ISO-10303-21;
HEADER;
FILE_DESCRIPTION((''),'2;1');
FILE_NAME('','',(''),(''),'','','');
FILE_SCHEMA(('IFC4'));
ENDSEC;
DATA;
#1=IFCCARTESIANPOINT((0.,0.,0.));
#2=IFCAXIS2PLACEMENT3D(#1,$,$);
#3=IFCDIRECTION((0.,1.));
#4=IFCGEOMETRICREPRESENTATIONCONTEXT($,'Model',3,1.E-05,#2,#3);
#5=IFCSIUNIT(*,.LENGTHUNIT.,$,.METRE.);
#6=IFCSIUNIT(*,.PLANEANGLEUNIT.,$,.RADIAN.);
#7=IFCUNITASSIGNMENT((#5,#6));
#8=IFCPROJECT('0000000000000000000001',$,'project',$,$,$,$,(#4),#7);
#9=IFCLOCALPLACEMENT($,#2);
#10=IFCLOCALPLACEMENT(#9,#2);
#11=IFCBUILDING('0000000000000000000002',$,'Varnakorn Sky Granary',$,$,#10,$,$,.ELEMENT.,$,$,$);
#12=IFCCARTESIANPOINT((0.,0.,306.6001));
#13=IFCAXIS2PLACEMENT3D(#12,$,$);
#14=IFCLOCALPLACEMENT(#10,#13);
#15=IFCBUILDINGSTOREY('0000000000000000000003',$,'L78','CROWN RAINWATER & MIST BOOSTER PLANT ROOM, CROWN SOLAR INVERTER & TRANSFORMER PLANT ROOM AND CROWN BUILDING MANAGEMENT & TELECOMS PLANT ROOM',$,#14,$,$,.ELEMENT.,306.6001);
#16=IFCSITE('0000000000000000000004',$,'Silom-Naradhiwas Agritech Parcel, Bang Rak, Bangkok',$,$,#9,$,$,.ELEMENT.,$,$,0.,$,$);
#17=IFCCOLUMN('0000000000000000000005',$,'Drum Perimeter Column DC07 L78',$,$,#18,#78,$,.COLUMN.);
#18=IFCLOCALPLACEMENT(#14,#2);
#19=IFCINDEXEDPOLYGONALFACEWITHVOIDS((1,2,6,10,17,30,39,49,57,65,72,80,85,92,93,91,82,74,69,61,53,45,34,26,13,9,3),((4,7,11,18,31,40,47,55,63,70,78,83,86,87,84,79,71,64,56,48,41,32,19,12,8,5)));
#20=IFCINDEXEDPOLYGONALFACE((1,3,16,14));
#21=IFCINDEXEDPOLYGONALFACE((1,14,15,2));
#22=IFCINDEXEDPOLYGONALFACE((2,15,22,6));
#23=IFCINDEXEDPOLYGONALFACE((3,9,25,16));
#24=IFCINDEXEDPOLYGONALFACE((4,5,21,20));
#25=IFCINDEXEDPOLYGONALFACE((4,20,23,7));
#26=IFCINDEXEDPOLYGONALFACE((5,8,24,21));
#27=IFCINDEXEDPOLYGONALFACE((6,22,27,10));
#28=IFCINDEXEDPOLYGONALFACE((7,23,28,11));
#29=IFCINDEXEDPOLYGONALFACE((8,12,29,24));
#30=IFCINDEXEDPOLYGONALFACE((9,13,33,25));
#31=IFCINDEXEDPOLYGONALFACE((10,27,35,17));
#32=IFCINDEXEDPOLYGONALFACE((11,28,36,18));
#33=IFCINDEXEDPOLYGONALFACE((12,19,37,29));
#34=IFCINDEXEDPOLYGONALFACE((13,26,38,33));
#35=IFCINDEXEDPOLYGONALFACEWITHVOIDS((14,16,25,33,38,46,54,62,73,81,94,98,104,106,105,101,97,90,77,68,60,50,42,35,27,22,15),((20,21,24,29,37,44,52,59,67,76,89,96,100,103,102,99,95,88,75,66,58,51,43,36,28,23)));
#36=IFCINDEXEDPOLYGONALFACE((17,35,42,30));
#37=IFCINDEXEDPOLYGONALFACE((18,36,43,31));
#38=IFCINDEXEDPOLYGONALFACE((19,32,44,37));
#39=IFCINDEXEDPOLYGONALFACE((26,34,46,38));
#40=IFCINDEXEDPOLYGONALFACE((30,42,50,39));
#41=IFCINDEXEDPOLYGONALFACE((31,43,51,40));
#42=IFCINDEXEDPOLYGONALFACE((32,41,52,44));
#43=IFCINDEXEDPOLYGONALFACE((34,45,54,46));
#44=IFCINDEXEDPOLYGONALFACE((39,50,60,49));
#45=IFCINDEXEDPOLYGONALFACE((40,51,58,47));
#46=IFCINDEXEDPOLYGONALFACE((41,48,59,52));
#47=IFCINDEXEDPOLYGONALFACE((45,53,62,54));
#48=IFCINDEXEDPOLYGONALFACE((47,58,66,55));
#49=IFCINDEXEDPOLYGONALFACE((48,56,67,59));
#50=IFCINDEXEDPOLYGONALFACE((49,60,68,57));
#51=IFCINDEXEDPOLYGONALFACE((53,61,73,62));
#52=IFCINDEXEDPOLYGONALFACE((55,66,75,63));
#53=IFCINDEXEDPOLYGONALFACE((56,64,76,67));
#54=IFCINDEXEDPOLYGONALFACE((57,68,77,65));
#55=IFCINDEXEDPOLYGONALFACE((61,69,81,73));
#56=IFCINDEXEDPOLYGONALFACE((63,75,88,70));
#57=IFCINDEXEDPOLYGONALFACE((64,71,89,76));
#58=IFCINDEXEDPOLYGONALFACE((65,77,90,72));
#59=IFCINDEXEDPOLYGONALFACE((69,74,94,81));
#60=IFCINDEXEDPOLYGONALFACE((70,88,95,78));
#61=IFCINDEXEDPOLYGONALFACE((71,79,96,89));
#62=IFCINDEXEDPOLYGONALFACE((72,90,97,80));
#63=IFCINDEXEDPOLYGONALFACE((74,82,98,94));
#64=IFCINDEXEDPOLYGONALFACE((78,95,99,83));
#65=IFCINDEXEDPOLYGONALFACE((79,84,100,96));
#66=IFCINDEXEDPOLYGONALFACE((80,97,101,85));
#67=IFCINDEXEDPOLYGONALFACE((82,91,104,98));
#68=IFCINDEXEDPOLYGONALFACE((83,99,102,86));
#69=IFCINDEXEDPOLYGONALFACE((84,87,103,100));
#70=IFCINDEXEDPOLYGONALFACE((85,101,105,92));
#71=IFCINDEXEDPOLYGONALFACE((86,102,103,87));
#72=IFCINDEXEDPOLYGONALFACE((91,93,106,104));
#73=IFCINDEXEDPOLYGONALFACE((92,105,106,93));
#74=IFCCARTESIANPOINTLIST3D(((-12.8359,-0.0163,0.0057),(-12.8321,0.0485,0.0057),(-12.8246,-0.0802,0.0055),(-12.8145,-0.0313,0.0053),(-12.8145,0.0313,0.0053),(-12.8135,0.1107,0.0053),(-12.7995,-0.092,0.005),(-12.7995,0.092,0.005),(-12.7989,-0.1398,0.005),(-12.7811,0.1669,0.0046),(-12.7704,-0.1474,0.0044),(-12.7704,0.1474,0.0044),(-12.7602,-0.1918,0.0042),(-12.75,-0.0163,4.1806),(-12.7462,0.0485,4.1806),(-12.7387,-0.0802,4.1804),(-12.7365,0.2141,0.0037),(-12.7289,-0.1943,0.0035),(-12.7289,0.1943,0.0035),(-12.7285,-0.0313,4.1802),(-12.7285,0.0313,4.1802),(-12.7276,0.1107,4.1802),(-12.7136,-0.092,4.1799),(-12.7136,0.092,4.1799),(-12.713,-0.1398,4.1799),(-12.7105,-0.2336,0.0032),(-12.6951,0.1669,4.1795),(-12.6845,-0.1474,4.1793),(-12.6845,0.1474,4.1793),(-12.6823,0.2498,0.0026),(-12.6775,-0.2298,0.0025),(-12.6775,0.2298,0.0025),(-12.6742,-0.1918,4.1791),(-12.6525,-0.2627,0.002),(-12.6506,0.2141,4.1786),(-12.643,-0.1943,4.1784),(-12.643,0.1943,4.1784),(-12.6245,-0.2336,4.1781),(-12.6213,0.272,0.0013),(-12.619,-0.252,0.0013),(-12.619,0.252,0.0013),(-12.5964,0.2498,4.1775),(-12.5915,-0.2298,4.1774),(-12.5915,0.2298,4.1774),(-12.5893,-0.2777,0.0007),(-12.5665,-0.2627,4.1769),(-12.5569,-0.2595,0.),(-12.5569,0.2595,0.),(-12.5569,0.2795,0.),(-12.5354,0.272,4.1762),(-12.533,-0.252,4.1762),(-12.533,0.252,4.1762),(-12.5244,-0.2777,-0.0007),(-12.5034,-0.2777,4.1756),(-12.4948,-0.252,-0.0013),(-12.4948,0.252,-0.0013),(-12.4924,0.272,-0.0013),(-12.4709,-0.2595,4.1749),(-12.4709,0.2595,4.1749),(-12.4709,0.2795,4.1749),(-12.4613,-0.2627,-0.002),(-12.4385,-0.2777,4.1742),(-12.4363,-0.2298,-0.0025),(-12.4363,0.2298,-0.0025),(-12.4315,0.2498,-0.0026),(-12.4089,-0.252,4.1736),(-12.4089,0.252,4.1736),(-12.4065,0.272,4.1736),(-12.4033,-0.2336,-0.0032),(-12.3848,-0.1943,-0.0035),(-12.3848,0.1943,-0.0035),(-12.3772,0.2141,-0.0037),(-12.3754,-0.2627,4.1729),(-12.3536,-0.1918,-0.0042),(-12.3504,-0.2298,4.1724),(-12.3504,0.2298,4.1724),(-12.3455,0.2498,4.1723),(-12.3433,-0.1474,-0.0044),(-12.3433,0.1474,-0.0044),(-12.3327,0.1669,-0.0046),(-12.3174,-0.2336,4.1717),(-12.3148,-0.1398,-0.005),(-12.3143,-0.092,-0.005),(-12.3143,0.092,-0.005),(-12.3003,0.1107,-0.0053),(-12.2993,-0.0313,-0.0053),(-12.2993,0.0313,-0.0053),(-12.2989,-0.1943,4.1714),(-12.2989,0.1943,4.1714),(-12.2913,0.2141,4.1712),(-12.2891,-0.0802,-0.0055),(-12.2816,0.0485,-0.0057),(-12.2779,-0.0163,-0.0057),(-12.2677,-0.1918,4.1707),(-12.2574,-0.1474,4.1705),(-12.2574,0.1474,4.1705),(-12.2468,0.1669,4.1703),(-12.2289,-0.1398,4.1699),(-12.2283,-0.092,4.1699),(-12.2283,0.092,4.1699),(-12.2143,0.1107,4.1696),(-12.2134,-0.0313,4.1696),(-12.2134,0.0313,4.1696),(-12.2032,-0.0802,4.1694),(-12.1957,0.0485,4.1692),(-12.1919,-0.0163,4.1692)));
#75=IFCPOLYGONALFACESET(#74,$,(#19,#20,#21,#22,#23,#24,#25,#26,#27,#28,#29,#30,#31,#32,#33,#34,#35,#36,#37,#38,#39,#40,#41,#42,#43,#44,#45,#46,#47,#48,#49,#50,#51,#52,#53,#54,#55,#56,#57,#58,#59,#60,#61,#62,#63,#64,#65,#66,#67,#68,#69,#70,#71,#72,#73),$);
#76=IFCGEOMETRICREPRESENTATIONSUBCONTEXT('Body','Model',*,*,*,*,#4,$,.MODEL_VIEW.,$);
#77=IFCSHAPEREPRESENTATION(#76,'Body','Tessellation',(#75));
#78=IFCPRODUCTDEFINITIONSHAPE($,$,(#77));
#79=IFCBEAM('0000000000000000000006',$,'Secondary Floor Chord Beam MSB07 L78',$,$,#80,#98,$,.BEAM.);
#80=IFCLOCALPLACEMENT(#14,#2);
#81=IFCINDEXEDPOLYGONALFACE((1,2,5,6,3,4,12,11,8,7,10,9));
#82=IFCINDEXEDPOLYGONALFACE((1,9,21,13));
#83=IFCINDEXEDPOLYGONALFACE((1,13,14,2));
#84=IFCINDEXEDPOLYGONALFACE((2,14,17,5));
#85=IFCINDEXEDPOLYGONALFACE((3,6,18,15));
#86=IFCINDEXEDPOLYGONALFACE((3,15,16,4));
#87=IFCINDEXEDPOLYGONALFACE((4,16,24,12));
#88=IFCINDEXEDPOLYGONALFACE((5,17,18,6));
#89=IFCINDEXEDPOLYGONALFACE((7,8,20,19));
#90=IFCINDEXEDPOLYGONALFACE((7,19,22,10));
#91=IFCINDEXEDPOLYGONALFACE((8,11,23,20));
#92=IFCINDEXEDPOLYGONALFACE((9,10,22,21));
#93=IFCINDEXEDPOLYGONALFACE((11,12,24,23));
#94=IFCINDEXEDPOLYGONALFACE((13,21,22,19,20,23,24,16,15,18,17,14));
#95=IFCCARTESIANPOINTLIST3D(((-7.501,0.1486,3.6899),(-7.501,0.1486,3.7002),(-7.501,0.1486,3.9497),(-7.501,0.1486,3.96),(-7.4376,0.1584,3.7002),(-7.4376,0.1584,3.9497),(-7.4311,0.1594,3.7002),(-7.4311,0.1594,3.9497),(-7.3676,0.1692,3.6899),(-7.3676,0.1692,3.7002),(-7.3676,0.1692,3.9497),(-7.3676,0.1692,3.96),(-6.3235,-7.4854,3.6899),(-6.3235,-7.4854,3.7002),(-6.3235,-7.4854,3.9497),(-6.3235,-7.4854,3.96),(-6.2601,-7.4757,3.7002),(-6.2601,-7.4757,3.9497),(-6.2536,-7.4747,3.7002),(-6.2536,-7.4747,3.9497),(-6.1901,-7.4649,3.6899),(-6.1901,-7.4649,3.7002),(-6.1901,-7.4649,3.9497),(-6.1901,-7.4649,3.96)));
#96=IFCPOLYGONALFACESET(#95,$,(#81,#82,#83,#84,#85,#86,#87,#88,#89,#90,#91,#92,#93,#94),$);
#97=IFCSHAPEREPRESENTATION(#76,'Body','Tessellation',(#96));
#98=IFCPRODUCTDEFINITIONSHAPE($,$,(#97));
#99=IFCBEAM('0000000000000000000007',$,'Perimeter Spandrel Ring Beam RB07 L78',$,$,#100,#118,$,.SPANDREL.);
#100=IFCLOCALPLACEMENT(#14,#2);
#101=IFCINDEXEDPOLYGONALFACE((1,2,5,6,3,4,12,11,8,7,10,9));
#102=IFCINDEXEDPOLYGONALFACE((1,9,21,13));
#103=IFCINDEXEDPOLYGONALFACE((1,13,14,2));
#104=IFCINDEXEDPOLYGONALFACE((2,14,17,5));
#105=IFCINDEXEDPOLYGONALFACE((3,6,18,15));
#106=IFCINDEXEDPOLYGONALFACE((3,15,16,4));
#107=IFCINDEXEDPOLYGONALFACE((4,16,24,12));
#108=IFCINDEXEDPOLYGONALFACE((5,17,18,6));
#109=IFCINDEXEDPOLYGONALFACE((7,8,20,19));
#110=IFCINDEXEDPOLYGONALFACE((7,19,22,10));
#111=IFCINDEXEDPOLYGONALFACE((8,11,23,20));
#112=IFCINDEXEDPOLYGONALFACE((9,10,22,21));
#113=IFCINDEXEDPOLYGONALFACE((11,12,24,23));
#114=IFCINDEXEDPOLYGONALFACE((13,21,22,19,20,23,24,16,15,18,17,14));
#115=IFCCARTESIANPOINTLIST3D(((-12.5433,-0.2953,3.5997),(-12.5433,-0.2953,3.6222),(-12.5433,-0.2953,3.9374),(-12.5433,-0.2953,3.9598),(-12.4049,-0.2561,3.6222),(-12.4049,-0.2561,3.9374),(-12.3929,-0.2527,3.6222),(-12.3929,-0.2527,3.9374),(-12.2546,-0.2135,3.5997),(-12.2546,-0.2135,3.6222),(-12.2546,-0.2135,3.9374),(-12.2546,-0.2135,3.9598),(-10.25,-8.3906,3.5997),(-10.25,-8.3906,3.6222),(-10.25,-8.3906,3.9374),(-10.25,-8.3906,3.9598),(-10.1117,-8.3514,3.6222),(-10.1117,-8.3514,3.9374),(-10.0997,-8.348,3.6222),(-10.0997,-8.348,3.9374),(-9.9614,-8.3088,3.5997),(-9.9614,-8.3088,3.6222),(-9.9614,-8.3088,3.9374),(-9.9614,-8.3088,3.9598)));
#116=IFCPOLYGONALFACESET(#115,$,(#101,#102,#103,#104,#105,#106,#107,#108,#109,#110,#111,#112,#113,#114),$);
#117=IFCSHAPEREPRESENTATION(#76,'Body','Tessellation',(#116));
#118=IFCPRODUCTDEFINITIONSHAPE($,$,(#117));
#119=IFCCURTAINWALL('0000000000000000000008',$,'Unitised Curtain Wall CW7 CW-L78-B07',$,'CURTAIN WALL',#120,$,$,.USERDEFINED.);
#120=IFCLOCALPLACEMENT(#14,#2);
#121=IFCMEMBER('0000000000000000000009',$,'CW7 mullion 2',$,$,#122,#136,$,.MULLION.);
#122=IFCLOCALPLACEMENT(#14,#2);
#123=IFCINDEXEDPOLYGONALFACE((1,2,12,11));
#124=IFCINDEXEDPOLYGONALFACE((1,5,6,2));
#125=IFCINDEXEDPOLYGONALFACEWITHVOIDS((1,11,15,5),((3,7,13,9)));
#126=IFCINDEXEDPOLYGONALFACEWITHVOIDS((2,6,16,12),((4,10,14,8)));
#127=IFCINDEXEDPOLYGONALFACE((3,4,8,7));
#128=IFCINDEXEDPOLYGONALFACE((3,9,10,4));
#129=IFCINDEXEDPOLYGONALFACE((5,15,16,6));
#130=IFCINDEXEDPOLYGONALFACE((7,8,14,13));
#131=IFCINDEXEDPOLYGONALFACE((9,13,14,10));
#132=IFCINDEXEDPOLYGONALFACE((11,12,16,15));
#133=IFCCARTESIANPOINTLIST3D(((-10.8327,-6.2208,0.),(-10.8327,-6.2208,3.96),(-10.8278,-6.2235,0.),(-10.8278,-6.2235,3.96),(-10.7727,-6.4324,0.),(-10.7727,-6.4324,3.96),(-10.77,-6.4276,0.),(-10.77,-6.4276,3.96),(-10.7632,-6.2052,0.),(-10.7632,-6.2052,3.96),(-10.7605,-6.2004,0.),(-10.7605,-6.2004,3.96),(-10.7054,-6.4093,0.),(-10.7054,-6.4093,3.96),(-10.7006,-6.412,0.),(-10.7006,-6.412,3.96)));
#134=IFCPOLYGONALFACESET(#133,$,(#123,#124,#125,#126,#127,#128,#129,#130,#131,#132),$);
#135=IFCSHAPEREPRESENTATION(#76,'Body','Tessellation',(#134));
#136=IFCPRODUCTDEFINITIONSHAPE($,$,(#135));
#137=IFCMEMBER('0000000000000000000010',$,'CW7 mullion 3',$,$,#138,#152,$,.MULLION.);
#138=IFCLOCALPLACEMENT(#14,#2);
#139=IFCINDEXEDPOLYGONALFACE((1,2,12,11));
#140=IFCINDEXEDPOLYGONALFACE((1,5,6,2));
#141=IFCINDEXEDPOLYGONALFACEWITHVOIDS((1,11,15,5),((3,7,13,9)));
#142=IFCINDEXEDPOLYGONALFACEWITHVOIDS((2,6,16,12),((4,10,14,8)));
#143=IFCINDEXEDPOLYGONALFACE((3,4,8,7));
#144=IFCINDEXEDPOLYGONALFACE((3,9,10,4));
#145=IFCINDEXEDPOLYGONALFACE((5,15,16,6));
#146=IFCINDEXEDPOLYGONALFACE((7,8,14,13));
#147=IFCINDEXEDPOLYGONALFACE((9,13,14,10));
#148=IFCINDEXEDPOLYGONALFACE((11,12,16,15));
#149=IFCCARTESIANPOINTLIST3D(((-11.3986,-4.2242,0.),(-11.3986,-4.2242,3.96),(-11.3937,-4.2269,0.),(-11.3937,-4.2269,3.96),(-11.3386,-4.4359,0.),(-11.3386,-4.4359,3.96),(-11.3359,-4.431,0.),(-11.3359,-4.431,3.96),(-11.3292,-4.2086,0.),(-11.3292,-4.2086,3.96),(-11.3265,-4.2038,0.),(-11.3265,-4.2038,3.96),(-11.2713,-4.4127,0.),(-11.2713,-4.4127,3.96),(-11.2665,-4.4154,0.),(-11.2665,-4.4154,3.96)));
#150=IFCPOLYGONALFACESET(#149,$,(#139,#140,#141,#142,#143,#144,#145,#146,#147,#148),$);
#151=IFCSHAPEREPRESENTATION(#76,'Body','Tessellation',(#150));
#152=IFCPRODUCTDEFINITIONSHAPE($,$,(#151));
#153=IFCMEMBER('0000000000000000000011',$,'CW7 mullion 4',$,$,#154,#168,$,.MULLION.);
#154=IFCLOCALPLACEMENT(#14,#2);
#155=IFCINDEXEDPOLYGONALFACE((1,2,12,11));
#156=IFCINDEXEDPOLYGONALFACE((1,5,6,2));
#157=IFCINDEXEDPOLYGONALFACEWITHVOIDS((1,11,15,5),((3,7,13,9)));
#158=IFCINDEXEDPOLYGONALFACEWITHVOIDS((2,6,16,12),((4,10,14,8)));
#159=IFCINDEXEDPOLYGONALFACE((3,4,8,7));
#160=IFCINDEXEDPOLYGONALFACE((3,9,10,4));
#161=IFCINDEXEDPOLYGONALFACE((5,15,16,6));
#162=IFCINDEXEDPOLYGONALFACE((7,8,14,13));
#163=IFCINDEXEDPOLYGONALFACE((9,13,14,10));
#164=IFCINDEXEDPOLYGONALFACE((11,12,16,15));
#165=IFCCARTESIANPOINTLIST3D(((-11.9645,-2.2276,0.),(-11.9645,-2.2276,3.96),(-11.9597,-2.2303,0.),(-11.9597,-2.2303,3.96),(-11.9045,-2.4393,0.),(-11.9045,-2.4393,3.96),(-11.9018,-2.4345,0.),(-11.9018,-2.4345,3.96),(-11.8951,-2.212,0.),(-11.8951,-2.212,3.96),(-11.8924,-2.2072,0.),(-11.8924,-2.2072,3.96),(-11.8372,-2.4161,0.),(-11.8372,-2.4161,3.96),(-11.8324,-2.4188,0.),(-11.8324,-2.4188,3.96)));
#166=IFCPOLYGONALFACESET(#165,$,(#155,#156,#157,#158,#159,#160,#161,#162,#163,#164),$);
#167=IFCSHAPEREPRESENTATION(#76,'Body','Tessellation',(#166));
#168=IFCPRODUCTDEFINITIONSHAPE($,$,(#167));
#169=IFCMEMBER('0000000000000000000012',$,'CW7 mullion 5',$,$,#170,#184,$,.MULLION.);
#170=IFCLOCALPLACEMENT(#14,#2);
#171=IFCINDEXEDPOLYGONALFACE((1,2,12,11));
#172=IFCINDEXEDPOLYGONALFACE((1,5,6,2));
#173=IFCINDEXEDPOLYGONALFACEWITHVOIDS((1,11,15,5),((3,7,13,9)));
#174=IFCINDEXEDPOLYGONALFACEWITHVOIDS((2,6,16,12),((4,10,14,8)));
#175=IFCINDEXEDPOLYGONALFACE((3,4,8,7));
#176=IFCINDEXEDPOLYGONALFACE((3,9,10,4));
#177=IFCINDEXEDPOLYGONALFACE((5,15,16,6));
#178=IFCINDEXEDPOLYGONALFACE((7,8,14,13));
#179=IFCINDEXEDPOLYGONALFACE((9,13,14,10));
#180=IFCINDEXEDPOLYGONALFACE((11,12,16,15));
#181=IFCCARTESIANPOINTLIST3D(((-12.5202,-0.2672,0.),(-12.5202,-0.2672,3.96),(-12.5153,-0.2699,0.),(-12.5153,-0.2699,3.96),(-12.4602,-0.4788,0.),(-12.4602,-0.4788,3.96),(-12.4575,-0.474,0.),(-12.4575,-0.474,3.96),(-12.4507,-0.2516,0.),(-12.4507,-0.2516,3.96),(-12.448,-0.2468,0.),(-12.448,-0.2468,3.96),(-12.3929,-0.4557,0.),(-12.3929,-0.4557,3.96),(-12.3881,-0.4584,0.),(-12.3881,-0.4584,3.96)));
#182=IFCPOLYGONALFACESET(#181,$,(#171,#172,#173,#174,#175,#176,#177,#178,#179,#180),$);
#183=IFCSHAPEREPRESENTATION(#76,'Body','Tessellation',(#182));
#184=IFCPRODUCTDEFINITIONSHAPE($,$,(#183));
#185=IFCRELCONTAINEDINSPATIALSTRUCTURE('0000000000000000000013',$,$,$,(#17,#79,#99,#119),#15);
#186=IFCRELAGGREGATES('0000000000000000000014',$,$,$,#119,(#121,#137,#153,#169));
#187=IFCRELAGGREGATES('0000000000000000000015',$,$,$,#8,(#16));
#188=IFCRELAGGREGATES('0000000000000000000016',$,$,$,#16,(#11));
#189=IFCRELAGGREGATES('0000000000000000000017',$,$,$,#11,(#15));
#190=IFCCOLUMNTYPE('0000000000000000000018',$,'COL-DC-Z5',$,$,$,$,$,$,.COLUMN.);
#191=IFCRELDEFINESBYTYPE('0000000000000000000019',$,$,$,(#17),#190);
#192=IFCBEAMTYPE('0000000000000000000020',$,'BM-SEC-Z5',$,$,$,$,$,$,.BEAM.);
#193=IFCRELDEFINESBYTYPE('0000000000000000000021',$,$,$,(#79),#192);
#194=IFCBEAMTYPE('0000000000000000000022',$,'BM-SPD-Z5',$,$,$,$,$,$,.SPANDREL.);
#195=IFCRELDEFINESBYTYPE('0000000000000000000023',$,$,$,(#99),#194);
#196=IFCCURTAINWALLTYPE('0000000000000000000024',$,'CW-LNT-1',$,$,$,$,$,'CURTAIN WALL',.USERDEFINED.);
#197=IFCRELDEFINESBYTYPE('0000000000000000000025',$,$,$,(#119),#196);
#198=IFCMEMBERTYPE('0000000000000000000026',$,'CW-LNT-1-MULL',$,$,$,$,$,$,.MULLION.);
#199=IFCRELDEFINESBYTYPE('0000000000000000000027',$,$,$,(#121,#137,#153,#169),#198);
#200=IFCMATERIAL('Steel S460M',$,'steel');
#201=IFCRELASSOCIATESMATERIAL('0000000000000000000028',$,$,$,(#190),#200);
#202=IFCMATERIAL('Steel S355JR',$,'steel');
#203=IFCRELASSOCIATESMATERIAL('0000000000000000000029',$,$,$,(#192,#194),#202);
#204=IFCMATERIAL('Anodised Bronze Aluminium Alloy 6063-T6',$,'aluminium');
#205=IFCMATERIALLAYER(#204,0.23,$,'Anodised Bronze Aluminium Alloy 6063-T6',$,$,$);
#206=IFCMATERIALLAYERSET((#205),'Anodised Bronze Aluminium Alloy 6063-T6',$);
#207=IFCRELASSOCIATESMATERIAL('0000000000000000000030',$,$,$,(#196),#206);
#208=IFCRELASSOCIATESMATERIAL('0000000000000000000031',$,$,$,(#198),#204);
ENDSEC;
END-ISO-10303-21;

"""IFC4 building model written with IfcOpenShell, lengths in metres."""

from ifc_helpers import new_model, si_unit, direction, frame, origin, origin_2d, place, context, subcontext, project, spatial, hollow_rectangle, hollow_circle, i_section, extrude, material, layer, layer_set, material_profile, profile_set, type_object, element, aggregate, save


model = new_model("IFC4")

# Units and contexts
model_context = context("Model", 3, precision=1e-05, world=origin(), true_north=direction((0.0, 1.0)))
body_context = subcontext(model_context, "Body", "Model", "MODEL_VIEW")
ifc_project = project(units=[si_unit("LENGTHUNIT", "METRE"), si_unit("PLANEANGLEUNIT", "RADIAN")], contexts=[model_context])

# Site, building, storey
site_placement = place(None, origin())
site = spatial("IfcSite", under=ifc_project, at=site_placement, Name="Silom-Naradhiwas Agritech Parcel, Bang Rak, Bangkok", CompositionType="ELEMENT", RefElevation=0.0)
building_placement = place(site_placement, origin())
building = spatial("IfcBuilding", under=site, at=building_placement, Name="Varnakorn Sky Granary", CompositionType="ELEMENT")
storey_placement = place(building_placement, frame((0.0, 0.0, 306.6001)))
storey = spatial("IfcBuildingStorey", under=building, at=storey_placement, Name="L78", Description="CROWN RAINWATER & MIST BOOSTER PLANT ROOM, CROWN SOLAR INVERTER & TRANSFORMER PLANT ROOM AND CROWN BUILDING MANAGEMENT & TELECOMS PLANT ROOM", CompositionType="ELEMENT", Elevation=306.6001)

# Column
ifc_material_1 = material(Name="Steel S460M", Category="steel")
ifc_material_profile_1 = material_profile(ifc_material_1, hollow_circle(Radius=0.2795, WallThickness=0.02, at=origin_2d()), Name="CHS 559x20")
ifc_profile_set_1 = profile_set([ifc_material_profile_1], Name="Steel S460M")
column_type = type_object("IfcColumnType", Name="COL-DC-Z5", PredefinedType="COLUMN", material=ifc_profile_set_1)
column_placement = place(storey_placement, frame((-12.5569, 0.0, 0.0), z_axis=(0.02058, 0.0, 0.999788), x_axis=(0.0, 1.0, 0.0)))
element("IfcColumn", 1, at=column_placement, inside=storey, type_object=column_type, Name="Drum Perimeter Column DC07 L78", PredefinedType="COLUMN", context=body_context, shape_type="SweptSolid", body=[
    extrude(hollow_circle(Radius=0.2795, WallThickness=0.02, at=origin_2d()), origin(), (0.0, 0.0, 1.0), 4.1758),
])

# Beams
ifc_material_2 = material(Name="Steel S355JR", Category="steel")
ifc_material_profile_2 = material_profile(ifc_material_2, i_section(OverallWidth=0.135, OverallDepth=0.27, WebThickness=0.0066, FlangeThickness=0.0103, at=origin_2d()), Name="IPE 270")
ifc_profile_set_2 = profile_set([ifc_material_profile_2], Name="Steel S355JR")
beam_type_1 = type_object("IfcBeamType", Name="BM-SEC-Z5", PredefinedType="BEAM", material=ifc_profile_set_2)
beam_1_placement = place(storey_placement, frame((-7.4343, 0.1589, 3.825), z_axis=(0.15244, -0.988313, 0.0), x_axis=(0.988313, 0.15244, 0.0)))
element("IfcBeam", 2, at=beam_1_placement, inside=storey, type_object=beam_type_1, Name="Secondary Floor Chord Beam MSB07 L78", PredefinedType="BEAM", context=body_context, shape_type="SweptSolid", body=[
    extrude(i_section(OverallWidth=0.135, OverallDepth=0.27, WebThickness=0.0066, FlangeThickness=0.0103, at=origin_2d()), origin(), (0.0, 0.0, 1.0), 7.7244),
])
ifc_material_profile_3 = material_profile(ifc_material_2, i_section(OverallWidth=0.3, OverallDepth=0.3601, WebThickness=0.0125, FlangeThickness=0.0225, at=origin_2d()), Name="HE 360 B")
ifc_profile_set_3 = profile_set([ifc_material_profile_3], Name="Steel S355JR")
beam_type_2 = type_object("IfcBeamType", Name="BM-SPD-Z5", PredefinedType="SPANDREL", material=ifc_profile_set_3)
beam_2_placement = place(storey_placement, frame((-12.3989, -0.2544, 3.7798), z_axis=(0.272555, -0.96214, 0.0), x_axis=(0.96214, 0.272555, 0.0)))
element("IfcBeam", 3, at=beam_2_placement, inside=storey, type_object=beam_type_2, Name="Perimeter Spandrel Ring Beam RB07 L78", PredefinedType="SPANDREL", context=body_context, shape_type="SweptSolid", body=[
    extrude(i_section(OverallWidth=0.3, OverallDepth=0.3601, WebThickness=0.0125, FlangeThickness=0.0225, at=origin_2d()), origin(), (0.0, 0.0, 1.0), 8.4138),
])

# Curtain wall, members
ifc_material_3 = material(Name="Anodised Bronze Aluminium Alloy 6063-T6", Category="aluminium")
ifc_layer_1 = layer(ifc_material_3, 0.23, Name="Anodised Bronze Aluminium Alloy 6063-T6")
ifc_layer_set_1 = layer_set([ifc_layer_1], Name="Anodised Bronze Aluminium Alloy 6063-T6")
curtain_wall_type = type_object("IfcCurtainWallType", Name="CW-LNT-1", ElementType="CURTAIN WALL", PredefinedType="USERDEFINED", material=ifc_layer_set_1)
curtain_wall_placement = place(storey_placement, origin())
curtain_wall = element("IfcCurtainWall", 4, at=curtain_wall_placement, inside=storey, type_object=curtain_wall_type, Name="Unitised Curtain Wall CW7 CW-L78-B07", ObjectType="CURTAIN WALL", PredefinedType="USERDEFINED")
ifc_material_profile_4 = material_profile(ifc_material_3, hollow_rectangle(XDim=0.075, YDim=0.22, WallThickness=0.0039, at=origin_2d()), Name="ALU MULL 75x220")
ifc_profile_set_4 = profile_set([ifc_material_profile_4], Name="Anodised Bronze Aluminium Alloy 6063-T6")
member_type_1 = type_object("IfcMemberType", Name="CW-LNT-1-MULL", PredefinedType="MULLION", material=ifc_profile_set_4)
member_1_placement = place(storey_placement, frame((-10.7666, -6.3164, 0.0), z_axis=(0.0, 0.0, 1.0), x_axis=(-0.962095, -0.272716, 0.0)))
member_1 = element("IfcMember", 5, at=member_1_placement, type_object=member_type_1, Name="CW7 mullion 2", PredefinedType="MULLION", context=body_context, shape_type="SweptSolid", body=[
    extrude(hollow_rectangle(XDim=0.075, YDim=0.22, WallThickness=0.0039, at=origin_2d()), origin(), (0.0, 0.0, 1.0), 3.96),
])
member_2_placement = place(storey_placement, frame((-11.3325, -4.3198, 0.0), z_axis=(0.0, 0.0, 1.0), x_axis=(-0.962095, -0.272716, 0.0)))
member_2 = element("IfcMember", 6, at=member_2_placement, type_object=member_type_1, Name="CW7 mullion 3", PredefinedType="MULLION", context=body_context, shape_type="SweptSolid", body=[
    extrude(hollow_rectangle(XDim=0.075, YDim=0.22, WallThickness=0.0039, at=origin_2d()), origin(), (0.0, 0.0, 1.0), 3.96),
])
member_3_placement = place(storey_placement, frame((-11.8984, -2.3232, 0.0), z_axis=(0.0, 0.0, 1.0), x_axis=(-0.962095, -0.272716, 0.0)))
member_3 = element("IfcMember", 7, at=member_3_placement, type_object=member_type_1, Name="CW7 mullion 4", PredefinedType="MULLION", context=body_context, shape_type="SweptSolid", body=[
    extrude(hollow_rectangle(XDim=0.075, YDim=0.22, WallThickness=0.0039, at=origin_2d()), origin(), (0.0, 0.0, 1.0), 3.96),
])
member_4_placement = place(storey_placement, frame((-12.4541, -0.3628, 0.0), z_axis=(0.0, 0.0, 1.0), x_axis=(-0.962095, -0.272716, 0.0)))
member_4 = element("IfcMember", 8, at=member_4_placement, type_object=member_type_1, Name="CW7 mullion 5", PredefinedType="MULLION", context=body_context, shape_type="SweptSolid", body=[
    extrude(hollow_rectangle(XDim=0.075, YDim=0.22, WallThickness=0.0039, at=origin_2d()), origin(), (0.0, 0.0, 1.0), 3.96),
])

aggregate(curtain_wall, [member_1, member_2, member_3, member_4])

save(model, "model.ifc")
